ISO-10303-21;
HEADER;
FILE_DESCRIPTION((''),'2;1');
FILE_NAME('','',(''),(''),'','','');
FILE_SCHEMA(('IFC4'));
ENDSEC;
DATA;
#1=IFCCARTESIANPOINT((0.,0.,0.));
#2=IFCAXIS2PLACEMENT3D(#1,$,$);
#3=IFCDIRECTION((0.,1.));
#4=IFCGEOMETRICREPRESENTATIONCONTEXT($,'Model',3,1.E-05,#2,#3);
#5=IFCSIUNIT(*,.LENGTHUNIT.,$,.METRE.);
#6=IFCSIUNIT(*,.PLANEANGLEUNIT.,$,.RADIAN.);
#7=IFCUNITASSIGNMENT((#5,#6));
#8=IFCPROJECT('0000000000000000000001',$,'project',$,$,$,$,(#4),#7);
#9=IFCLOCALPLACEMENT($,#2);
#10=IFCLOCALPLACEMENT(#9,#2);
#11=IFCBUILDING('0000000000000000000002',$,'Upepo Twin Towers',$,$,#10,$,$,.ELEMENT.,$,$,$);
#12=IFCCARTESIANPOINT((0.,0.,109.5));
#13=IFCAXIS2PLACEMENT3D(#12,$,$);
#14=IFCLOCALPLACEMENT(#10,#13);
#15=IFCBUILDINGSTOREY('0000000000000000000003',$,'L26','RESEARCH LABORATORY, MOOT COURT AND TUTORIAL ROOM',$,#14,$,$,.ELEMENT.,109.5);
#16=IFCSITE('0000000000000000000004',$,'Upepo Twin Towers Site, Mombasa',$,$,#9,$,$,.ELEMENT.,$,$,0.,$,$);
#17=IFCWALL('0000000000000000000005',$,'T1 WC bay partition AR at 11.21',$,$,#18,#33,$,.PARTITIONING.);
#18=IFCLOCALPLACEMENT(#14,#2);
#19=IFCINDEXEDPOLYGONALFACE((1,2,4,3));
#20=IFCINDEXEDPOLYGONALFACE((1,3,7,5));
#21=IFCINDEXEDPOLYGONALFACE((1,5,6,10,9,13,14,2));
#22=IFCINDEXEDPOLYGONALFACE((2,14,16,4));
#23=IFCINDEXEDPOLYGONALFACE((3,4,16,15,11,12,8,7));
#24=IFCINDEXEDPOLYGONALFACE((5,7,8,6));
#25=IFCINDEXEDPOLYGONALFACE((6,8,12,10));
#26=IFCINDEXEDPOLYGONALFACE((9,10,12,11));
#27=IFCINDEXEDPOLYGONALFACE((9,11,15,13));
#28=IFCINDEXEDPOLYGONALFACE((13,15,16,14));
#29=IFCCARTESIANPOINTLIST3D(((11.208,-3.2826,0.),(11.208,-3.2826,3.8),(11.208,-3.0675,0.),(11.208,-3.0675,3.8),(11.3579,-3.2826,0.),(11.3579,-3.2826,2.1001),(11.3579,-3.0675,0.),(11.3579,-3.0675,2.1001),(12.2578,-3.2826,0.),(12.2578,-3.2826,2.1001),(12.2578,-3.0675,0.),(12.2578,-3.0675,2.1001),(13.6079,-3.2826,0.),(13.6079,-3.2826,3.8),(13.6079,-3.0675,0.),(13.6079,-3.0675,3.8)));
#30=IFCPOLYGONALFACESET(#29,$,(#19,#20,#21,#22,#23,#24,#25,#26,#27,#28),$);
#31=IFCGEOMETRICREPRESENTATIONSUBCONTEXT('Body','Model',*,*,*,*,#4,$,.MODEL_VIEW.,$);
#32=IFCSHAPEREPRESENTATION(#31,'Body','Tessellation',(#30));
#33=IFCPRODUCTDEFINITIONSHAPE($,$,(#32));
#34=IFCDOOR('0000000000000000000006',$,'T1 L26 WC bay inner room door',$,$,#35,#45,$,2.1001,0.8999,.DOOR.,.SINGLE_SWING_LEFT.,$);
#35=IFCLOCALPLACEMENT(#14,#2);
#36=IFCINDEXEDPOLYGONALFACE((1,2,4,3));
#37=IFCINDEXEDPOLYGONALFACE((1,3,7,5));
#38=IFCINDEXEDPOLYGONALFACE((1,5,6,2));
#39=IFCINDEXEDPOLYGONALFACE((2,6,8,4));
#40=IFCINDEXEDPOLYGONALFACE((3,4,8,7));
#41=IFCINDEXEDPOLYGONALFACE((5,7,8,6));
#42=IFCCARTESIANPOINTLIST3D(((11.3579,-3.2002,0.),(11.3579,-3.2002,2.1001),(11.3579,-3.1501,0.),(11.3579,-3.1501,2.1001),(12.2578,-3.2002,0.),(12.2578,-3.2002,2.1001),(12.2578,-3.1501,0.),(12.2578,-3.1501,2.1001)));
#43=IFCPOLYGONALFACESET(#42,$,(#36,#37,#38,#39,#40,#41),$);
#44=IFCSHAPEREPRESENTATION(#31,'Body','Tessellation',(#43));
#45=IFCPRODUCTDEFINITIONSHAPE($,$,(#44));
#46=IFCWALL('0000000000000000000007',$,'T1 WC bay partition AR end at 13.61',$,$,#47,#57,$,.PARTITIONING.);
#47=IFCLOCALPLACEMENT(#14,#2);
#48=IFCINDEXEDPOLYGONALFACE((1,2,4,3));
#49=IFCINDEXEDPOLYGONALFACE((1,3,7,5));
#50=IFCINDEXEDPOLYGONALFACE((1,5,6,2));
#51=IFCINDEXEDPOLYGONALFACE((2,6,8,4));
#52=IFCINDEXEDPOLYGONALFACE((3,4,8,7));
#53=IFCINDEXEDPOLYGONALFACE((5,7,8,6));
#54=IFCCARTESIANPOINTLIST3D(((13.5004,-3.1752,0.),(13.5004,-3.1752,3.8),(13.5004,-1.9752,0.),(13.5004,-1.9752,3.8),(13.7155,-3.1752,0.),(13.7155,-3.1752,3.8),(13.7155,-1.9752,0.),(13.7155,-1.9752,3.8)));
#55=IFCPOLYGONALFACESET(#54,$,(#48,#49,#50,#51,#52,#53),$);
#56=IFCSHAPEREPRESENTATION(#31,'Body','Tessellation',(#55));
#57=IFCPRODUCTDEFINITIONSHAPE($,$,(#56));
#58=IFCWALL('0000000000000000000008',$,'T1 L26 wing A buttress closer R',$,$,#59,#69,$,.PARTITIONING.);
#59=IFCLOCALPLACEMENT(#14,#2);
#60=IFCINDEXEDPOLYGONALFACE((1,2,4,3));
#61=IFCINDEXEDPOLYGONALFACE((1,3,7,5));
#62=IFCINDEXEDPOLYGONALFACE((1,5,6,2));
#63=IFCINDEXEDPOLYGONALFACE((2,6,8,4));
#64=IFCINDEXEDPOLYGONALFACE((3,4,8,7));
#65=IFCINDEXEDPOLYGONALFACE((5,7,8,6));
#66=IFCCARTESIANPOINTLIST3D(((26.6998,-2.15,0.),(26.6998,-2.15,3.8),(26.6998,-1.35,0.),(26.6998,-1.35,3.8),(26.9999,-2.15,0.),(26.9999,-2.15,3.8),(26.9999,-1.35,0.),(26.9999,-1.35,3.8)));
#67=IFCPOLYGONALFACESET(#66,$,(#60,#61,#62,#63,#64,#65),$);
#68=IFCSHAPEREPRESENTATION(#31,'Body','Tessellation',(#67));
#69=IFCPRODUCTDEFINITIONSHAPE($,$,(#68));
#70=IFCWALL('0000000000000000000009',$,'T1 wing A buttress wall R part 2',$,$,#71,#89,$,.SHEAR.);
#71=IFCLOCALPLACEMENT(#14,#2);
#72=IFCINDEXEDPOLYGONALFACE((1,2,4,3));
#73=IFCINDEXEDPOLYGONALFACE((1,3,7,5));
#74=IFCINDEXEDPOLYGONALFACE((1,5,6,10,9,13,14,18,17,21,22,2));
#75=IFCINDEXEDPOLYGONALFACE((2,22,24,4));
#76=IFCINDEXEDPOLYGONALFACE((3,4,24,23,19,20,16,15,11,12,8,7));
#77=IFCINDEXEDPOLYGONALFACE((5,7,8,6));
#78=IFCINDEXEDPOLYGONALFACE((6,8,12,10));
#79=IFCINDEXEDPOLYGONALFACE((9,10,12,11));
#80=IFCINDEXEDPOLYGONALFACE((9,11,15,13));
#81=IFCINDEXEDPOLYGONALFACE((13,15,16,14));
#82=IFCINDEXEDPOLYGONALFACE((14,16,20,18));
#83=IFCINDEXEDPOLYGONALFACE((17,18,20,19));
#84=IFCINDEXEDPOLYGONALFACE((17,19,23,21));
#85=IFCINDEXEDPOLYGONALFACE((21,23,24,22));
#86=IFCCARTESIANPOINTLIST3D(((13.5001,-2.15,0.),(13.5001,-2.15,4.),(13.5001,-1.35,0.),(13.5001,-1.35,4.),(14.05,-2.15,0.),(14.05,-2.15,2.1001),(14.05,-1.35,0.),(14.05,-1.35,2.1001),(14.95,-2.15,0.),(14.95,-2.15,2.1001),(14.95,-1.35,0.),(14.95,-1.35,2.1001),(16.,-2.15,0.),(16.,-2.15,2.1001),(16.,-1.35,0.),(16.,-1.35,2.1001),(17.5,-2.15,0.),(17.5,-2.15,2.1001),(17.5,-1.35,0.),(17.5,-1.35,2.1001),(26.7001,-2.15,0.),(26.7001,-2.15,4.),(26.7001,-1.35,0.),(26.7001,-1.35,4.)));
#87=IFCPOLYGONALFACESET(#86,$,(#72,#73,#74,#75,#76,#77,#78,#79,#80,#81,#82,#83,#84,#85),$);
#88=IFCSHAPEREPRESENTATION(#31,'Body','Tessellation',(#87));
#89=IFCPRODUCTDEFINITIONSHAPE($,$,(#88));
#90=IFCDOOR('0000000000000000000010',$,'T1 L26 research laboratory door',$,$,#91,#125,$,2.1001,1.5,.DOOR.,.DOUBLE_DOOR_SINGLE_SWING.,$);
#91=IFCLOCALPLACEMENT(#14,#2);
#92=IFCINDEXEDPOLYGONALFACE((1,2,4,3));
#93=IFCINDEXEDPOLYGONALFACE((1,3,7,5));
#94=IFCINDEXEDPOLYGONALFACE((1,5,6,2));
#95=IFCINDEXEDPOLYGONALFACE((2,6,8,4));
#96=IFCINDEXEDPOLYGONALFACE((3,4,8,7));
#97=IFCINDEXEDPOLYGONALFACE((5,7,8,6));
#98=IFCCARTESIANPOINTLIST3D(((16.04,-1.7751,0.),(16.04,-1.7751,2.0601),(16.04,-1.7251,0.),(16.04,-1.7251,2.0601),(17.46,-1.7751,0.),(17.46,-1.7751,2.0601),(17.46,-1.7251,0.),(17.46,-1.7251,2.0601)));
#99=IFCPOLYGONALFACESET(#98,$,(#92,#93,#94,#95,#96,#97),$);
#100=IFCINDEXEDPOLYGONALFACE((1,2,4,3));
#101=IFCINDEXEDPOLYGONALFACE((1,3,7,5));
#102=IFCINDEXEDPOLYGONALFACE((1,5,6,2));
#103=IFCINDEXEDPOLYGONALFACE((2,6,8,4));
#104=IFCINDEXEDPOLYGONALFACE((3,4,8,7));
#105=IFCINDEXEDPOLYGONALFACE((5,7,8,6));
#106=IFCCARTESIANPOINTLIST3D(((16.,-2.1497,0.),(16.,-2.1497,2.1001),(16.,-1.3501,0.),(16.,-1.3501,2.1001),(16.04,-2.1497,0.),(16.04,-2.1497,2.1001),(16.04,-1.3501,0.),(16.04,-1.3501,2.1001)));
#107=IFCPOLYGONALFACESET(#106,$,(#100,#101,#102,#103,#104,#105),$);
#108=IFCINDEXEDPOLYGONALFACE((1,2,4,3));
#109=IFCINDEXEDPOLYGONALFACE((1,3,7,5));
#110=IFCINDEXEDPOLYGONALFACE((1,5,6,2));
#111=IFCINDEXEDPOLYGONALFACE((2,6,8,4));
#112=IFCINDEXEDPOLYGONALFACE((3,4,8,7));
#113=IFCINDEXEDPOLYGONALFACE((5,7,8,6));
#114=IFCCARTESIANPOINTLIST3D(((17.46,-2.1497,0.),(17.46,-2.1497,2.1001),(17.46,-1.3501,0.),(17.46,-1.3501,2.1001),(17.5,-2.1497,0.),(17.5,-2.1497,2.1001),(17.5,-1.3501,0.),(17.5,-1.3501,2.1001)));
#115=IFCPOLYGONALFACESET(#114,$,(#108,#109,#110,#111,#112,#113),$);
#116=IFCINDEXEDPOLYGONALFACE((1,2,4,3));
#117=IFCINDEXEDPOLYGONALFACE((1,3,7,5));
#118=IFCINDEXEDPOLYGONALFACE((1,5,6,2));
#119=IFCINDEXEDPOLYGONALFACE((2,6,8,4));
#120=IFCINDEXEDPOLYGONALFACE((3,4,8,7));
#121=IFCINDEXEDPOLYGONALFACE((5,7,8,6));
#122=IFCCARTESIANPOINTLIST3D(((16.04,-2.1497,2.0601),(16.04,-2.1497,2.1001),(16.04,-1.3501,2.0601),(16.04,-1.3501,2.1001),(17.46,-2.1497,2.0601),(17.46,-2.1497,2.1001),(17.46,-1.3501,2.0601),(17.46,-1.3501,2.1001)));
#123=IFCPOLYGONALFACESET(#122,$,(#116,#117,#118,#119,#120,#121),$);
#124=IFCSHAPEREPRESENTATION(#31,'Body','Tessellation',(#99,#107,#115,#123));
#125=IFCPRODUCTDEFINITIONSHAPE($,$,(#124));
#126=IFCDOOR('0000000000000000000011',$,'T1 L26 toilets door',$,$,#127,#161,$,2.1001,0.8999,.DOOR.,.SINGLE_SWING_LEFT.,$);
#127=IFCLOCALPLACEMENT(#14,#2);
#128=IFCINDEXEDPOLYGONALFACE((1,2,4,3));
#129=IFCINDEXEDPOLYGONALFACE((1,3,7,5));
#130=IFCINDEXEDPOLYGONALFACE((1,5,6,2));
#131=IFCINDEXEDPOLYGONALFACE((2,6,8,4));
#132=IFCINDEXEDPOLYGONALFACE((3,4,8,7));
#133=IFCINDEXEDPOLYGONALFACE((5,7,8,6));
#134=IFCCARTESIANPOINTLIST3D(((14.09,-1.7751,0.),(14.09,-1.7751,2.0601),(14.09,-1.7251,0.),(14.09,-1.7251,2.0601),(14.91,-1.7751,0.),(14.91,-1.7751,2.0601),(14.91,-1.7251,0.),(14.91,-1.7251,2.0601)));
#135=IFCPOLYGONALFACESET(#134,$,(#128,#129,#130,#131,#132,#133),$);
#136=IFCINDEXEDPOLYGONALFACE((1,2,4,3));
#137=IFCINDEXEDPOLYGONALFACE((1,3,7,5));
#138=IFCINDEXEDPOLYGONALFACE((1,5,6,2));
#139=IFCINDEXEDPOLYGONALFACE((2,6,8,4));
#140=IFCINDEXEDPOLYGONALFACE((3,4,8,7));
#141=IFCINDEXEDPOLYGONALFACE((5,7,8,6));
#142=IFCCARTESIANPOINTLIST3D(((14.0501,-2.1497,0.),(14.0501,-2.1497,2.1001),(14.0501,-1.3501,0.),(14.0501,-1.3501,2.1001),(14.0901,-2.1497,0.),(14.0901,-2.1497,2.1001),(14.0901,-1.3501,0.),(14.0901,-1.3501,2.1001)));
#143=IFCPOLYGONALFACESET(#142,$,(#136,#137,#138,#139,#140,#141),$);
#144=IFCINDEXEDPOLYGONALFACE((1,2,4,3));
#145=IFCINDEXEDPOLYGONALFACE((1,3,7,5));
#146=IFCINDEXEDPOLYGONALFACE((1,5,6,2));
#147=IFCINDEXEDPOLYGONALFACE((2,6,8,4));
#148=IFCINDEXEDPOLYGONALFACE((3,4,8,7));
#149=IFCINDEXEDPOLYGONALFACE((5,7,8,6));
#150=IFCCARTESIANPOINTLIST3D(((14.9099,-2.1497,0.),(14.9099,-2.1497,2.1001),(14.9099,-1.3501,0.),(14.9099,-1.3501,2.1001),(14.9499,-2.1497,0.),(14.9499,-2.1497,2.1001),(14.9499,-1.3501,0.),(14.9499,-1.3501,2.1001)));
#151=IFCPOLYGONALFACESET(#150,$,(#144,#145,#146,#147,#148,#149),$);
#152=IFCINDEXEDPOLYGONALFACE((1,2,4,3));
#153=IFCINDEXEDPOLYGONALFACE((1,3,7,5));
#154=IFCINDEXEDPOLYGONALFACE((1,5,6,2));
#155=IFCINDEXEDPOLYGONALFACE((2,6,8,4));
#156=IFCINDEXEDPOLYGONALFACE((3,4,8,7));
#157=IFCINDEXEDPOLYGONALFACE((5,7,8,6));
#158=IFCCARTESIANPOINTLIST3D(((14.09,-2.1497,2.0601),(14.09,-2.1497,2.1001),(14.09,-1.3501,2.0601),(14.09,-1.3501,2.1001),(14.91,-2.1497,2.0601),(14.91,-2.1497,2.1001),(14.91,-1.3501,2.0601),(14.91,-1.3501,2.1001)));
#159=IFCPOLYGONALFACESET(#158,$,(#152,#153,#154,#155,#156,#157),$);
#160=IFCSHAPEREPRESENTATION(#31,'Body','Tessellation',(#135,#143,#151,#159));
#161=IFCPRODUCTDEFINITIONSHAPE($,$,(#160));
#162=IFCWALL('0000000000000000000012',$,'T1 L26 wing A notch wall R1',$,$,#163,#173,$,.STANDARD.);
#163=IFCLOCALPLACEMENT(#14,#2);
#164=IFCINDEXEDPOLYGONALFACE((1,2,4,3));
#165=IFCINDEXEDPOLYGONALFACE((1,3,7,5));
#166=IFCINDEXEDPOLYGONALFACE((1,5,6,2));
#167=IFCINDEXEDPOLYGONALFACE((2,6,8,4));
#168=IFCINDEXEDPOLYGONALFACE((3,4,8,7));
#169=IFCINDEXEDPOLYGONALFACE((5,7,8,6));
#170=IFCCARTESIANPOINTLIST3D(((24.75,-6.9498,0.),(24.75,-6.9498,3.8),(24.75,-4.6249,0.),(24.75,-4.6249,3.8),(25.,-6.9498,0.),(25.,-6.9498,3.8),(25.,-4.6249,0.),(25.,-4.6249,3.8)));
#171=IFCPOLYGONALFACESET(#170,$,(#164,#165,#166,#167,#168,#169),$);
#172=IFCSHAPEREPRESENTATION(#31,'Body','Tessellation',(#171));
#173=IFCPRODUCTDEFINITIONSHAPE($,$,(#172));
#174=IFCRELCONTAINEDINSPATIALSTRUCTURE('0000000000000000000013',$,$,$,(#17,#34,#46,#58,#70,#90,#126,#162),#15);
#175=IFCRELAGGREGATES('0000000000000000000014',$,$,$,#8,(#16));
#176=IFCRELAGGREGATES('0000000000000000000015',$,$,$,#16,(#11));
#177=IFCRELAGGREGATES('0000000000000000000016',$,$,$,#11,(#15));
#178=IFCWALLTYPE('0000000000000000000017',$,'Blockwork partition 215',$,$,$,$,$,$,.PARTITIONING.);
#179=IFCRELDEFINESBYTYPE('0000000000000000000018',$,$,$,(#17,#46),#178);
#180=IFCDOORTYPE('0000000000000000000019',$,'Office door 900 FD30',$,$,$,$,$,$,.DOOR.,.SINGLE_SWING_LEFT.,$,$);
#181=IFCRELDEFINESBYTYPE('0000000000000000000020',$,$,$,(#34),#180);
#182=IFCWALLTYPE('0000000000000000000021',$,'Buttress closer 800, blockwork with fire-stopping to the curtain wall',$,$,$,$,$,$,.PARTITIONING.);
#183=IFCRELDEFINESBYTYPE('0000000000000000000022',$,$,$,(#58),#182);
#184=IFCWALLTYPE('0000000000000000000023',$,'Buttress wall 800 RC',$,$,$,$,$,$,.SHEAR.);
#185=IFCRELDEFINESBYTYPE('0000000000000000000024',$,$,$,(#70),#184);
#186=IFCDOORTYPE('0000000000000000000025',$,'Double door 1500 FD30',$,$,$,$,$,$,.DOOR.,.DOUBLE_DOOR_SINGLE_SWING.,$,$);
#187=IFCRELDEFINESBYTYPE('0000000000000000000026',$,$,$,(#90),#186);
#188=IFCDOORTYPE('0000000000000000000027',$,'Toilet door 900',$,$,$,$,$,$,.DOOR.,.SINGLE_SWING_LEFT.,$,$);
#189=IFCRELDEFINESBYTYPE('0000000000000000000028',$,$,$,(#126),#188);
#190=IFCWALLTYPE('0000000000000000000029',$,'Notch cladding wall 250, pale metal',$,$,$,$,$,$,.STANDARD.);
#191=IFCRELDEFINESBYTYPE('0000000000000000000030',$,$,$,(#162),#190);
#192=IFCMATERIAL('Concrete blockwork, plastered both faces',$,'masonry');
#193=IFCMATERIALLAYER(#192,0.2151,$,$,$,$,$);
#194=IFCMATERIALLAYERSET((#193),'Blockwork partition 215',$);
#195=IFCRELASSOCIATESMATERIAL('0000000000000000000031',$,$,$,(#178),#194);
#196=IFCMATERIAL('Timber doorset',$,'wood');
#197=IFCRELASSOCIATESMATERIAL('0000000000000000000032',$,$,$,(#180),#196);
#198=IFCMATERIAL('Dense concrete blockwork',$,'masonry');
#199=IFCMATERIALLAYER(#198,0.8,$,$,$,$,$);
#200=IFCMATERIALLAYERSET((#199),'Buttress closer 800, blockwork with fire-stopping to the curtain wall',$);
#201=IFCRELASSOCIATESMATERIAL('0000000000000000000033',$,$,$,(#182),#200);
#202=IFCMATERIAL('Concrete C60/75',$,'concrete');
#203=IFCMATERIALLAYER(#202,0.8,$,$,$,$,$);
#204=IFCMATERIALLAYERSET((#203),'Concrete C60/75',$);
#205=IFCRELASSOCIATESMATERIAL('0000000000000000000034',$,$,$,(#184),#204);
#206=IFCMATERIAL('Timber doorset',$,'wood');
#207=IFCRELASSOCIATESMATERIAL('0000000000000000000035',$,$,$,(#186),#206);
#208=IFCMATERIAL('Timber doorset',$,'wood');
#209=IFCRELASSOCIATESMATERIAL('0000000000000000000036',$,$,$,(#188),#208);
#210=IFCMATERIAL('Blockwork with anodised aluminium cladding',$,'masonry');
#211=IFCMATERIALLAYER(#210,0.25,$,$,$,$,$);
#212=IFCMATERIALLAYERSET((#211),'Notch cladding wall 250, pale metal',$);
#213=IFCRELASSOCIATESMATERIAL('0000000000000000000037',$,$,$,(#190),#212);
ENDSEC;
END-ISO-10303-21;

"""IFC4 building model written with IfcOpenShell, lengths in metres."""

from ifc_helpers import new_model, si_unit, direction, frame, frame_2d, origin, place, context, subcontext, project, spatial, rectangle, extrude, material, layer, layer_set, type_object, element, fill, save


model = new_model("IFC4")

# Units and contexts
model_context = context("Model", 3, precision=1e-05, world=origin(), true_north=direction((0.0, 1.0)))
body_context = subcontext(model_context, "Body", "Model", "MODEL_VIEW")
ifc_project = project(units=[si_unit("LENGTHUNIT", "METRE"), si_unit("PLANEANGLEUNIT", "RADIAN")], contexts=[model_context])

# Site, building, storey
site_placement = place(None, origin())
site = spatial("IfcSite", under=ifc_project, at=site_placement, Name="Upepo Twin Towers Site, Mombasa", CompositionType="ELEMENT", RefElevation=0.0)
building_placement = place(site_placement, origin())
building = spatial("IfcBuilding", under=site, at=building_placement, Name="Upepo Twin Towers", CompositionType="ELEMENT")
storey_placement = place(building_placement, frame((0.0, 0.0, 109.5)))
storey = spatial("IfcBuildingStorey", under=building, at=storey_placement, Name="L26", Description="RESEARCH LABORATORY, MOOT COURT AND TUTORIAL ROOM", CompositionType="ELEMENT", Elevation=109.5)

# Shared definitions
ifc_material_1 = material(Name="Concrete blockwork, plastered both faces", Category="masonry")
ifc_layer_1 = layer(ifc_material_1, 0.2151)
ifc_layer_set_1 = layer_set([ifc_layer_1], Name="Blockwork partition 215")
wall_type_1 = type_object("IfcWallType", Name="Blockwork partition 215", PredefinedType="PARTITIONING", material=ifc_layer_set_1)

# Wall, opening, door
wall_1_placement = place(storey_placement, frame((11.208, -3.175, 0.0), z_axis=(0.0, 0.0, 1.0), x_axis=(1.0, 0.0, 0.0)))
wall_1 = element("IfcWall", 1, at=wall_1_placement, inside=storey, type_object=wall_type_1, Name="T1 WC bay partition AR at 11.21", PredefinedType="PARTITIONING", context=body_context, shape_type="SweptSolid", body=[
    extrude(rectangle(XDim=2.3999, YDim=0.2151, at=frame_2d((1.2, 0.0))), origin(), (0.0, 0.0, 1.0), 3.8),
])
opening_1_placement = place(wall_1_placement, frame((0.1499, 0.0, 0.0)))
opening_1 = element("IfcOpeningElement", 2, at=opening_1_placement, cuts=wall_1, PredefinedType="OPENING", context=body_context, shape_type="SweptSolid", body=[
    extrude(rectangle(XDim=0.8999, YDim=2.1001, at=frame_2d((0.45, 1.05))), frame((0.0, 0.1174, 0.0), z_axis=(0.0, -1.0, 0.0), x_axis=(1.0, 0.0, 0.0)), (0.0, 0.0, 1.0), 0.2351),
])
ifc_material_2 = material(Name="Timber doorset", Category="wood")
door_type_1 = type_object("IfcDoorType", Name="Office door 900 FD30", OperationType="SINGLE_SWING_LEFT", PredefinedType="DOOR", material=ifc_material_2)
door_1_placement = place(opening_1_placement, origin())
door_1 = element("IfcDoor", 3, at=door_1_placement, inside=storey, type_object=door_type_1, Name="T1 L26 WC bay inner room door", OperationType="SINGLE_SWING_LEFT", OverallHeight=2.1001, OverallWidth=0.8999, PredefinedType="DOOR", context=body_context, shape_type="SweptSolid", body=[
    extrude(rectangle(XDim=0.8999, YDim=2.1001, at=frame_2d((0.45, 1.05))), frame((0.0, 0.0249, 0.0), z_axis=(0.0, -1.0, 0.0), x_axis=(1.0, 0.0, 0.0)), (0.0, 0.0, 1.0), 0.05),
])
fill(opening_1, door_1)

# Walls
wall_2_placement = place(storey_placement, frame((13.6079, -1.9751, 0.0), z_axis=(0.0, 0.0, 1.0), x_axis=(0.0, -1.0, 0.0)))
element("IfcWall", 4, at=wall_2_placement, inside=storey, type_object=wall_type_1, Name="T1 WC bay partition AR end at 13.61", PredefinedType="PARTITIONING", context=body_context, shape_type="SweptSolid", body=[
    extrude(rectangle(XDim=1.2, YDim=0.2151, at=frame_2d((0.6001, 0.0))), origin(), (0.0, 0.0, 1.0), 3.8),
])
ifc_material_3 = material(Name="Dense concrete blockwork", Category="masonry")
ifc_layer_2 = layer(ifc_material_3, 0.8)
ifc_layer_set_2 = layer_set([ifc_layer_2], Name="Buttress closer 800, blockwork with fire-stopping to the curtain wall")
wall_type_2 = type_object("IfcWallType", Name="Buttress closer 800, blockwork with fire-stopping to the curtain wall", PredefinedType="PARTITIONING", material=ifc_layer_set_2)
wall_3_placement = place(storey_placement, frame((26.7, -1.75, 0.0), z_axis=(0.0, 0.0, 1.0), x_axis=(1.0, 0.0, 0.0)))
element("IfcWall", 5, at=wall_3_placement, inside=storey, type_object=wall_type_2, Name="T1 L26 wing A buttress closer R", PredefinedType="PARTITIONING", context=body_context, shape_type="SweptSolid", body=[
    extrude(rectangle(XDim=0.3, YDim=0.8, at=frame_2d((0.1499, 0.0))), origin(), (0.0, 0.0, 1.0), 3.8),
])

# Wall, openings, doors
ifc_material_4 = material(Name="Concrete C60/75", Category="concrete")
ifc_layer_3 = layer(ifc_material_4, 0.8)
ifc_layer_set_3 = layer_set([ifc_layer_3], Name="Concrete C60/75")
wall_type_3 = type_object("IfcWallType", Name="Buttress wall 800 RC", PredefinedType="SHEAR", material=ifc_layer_set_3)
wall_4_placement = place(storey_placement, frame((13.5, -1.75, 0.0), z_axis=(0.0, 0.0, 1.0), x_axis=(1.0, 0.0, 0.0)))
wall_4 = element("IfcWall", 6, at=wall_4_placement, inside=storey, type_object=wall_type_3, Name="T1 wing A buttress wall R part 2", PredefinedType="SHEAR", context=body_context, shape_type="SweptSolid", body=[
    extrude(rectangle(XDim=13.2, YDim=0.8, at=frame_2d((6.6001, 0.0))), origin(), (0.0, 0.0, 1.0), 4.0),
])
opening_2_placement = place(wall_4_placement, frame((0.55, 0.0, 0.0)))
opening_2 = element("IfcOpeningElement", 7, at=opening_2_placement, cuts=wall_4, PredefinedType="OPENING", context=body_context, shape_type="SweptSolid", body=[
    extrude(rectangle(XDim=0.8999, YDim=2.1001, at=frame_2d((0.45, 1.05))), frame((0.0, 0.4099, 0.0), z_axis=(0.0, -1.0, 0.0), x_axis=(1.0, 0.0, 0.0)), (0.0, 0.0, 1.0), 0.8201),
])
opening_3_placement = place(wall_4_placement, frame((2.5, 0.0, 0.0)))
opening_3 = element("IfcOpeningElement", 8, at=opening_3_placement, cuts=wall_4, PredefinedType="OPENING", context=body_context, shape_type="SweptSolid", body=[
    extrude(rectangle(XDim=1.5, YDim=2.1001, at=frame_2d((0.75, 1.05))), frame((0.0, 0.4099, 0.0), z_axis=(0.0, -1.0, 0.0), x_axis=(1.0, 0.0, 0.0)), (0.0, 0.0, 1.0), 0.8201),
])
ifc_material_5 = material(Name="Timber doorset", Category="wood")
door_type_2 = type_object("IfcDoorType", Name="Double door 1500 FD30", OperationType="DOUBLE_DOOR_SINGLE_SWING", PredefinedType="DOOR", material=ifc_material_5)
door_2_placement = place(opening_3_placement, origin())
door_2 = element("IfcDoor", 9, at=door_2_placement, inside=storey, type_object=door_type_2, Name="T1 L26 research laboratory door", OperationType="DOUBLE_DOOR_SINGLE_SWING", OverallHeight=2.1001, OverallWidth=1.5, PredefinedType="DOOR", context=body_context, shape_type="SweptSolid", body=[
    extrude(rectangle(XDim=1.42, YDim=2.0601, at=frame_2d((0.75, 1.03))), frame((0.0, 0.0249, 0.0), z_axis=(0.0, -1.0, 0.0), x_axis=(1.0, 0.0, 0.0)), (0.0, 0.0, 1.0), 0.05),
    extrude(rectangle(XDim=0.04, YDim=2.1001, at=frame_2d((0.02, 1.05))), frame((0.0, 0.3999, 0.0), z_axis=(0.0, -1.0, 0.0), x_axis=(1.0, 0.0, 0.0)), (0.0, 0.0, 1.0), 0.7996),
    extrude(rectangle(XDim=0.04, YDim=2.1001, at=frame_2d((1.48, 1.05))), frame((0.0, 0.3999, 0.0), z_axis=(0.0, -1.0, 0.0), x_axis=(1.0, 0.0, 0.0)), (0.0, 0.0, 1.0), 0.7996),
    extrude(rectangle(XDim=1.42, YDim=0.04, at=frame_2d((0.75, 2.0801))), frame((0.0, 0.3999, 0.0), z_axis=(0.0, -1.0, 0.0), x_axis=(1.0, 0.0, 0.0)), (0.0, 0.0, 1.0), 0.7996),
])
fill(opening_3, door_2)
ifc_material_6 = material(Name="Timber doorset", Category="wood")
door_type_3 = type_object("IfcDoorType", Name="Toilet door 900", OperationType="SINGLE_SWING_LEFT", PredefinedType="DOOR", material=ifc_material_6)
door_3_placement = place(opening_2_placement, origin())
door_3 = element("IfcDoor", 10, at=door_3_placement, inside=storey, type_object=door_type_3, Name="T1 L26 toilets door", OperationType="SINGLE_SWING_LEFT", OverallHeight=2.1001, OverallWidth=0.8999, PredefinedType="DOOR", context=body_context, shape_type="SweptSolid", body=[
    extrude(rectangle(XDim=0.8199, YDim=2.0601, at=frame_2d((0.45, 1.03))), frame((0.0, 0.0249, 0.0), z_axis=(0.0, -1.0, 0.0), x_axis=(1.0, 0.0, 0.0)), (0.0, 0.0, 1.0), 0.05),
    extrude(rectangle(XDim=0.04, YDim=2.1001, at=frame_2d((0.02, 1.05))), frame((0.0, 0.3999, 0.0), z_axis=(0.0, -1.0, 0.0), x_axis=(1.0, 0.0, 0.0)), (0.0, 0.0, 1.0), 0.7996),
    extrude(rectangle(XDim=0.04, YDim=2.1001, at=frame_2d((0.8799, 1.05))), frame((0.0, 0.3999, 0.0), z_axis=(0.0, -1.0, 0.0), x_axis=(1.0, 0.0, 0.0)), (0.0, 0.0, 1.0), 0.7996),
    extrude(rectangle(XDim=0.8199, YDim=0.04, at=frame_2d((0.45, 2.0801))), frame((0.0, 0.3999, 0.0), z_axis=(0.0, -1.0, 0.0), x_axis=(1.0, 0.0, 0.0)), (0.0, 0.0, 1.0), 0.7996),
])
fill(opening_2, door_3)

# Wall
ifc_material_7 = material(Name="Blockwork with anodised aluminium cladding", Category="masonry")
ifc_layer_4 = layer(ifc_material_7, 0.25)
ifc_layer_set_4 = layer_set([ifc_layer_4], Name="Notch cladding wall 250, pale metal")
wall_type_4 = type_object("IfcWallType", Name="Notch cladding wall 250, pale metal", PredefinedType="STANDARD", material=ifc_layer_set_4)
for number, where, z_axis, x_axis, name in (
    (11, (24.875, -6.95, 0.0), (0.0, 0.0, 1.0), (0.0, 1.0, 0.0), "T1 L26 wing A notch wall R1"),
):
    element("IfcWall", number, at=place(storey_placement, frame(where, z_axis=z_axis, x_axis=x_axis)), inside=storey, type_object=wall_type_4, Name=name, PredefinedType="STANDARD", context=body_context, shape_type="SweptSolid", body=[
        extrude(rectangle(XDim=2.325, YDim=0.25, at=frame_2d((1.1626, 0.0))), origin(), (0.0, 0.0, 1.0), 3.8),
    ])

save(model, "model.ifc")
